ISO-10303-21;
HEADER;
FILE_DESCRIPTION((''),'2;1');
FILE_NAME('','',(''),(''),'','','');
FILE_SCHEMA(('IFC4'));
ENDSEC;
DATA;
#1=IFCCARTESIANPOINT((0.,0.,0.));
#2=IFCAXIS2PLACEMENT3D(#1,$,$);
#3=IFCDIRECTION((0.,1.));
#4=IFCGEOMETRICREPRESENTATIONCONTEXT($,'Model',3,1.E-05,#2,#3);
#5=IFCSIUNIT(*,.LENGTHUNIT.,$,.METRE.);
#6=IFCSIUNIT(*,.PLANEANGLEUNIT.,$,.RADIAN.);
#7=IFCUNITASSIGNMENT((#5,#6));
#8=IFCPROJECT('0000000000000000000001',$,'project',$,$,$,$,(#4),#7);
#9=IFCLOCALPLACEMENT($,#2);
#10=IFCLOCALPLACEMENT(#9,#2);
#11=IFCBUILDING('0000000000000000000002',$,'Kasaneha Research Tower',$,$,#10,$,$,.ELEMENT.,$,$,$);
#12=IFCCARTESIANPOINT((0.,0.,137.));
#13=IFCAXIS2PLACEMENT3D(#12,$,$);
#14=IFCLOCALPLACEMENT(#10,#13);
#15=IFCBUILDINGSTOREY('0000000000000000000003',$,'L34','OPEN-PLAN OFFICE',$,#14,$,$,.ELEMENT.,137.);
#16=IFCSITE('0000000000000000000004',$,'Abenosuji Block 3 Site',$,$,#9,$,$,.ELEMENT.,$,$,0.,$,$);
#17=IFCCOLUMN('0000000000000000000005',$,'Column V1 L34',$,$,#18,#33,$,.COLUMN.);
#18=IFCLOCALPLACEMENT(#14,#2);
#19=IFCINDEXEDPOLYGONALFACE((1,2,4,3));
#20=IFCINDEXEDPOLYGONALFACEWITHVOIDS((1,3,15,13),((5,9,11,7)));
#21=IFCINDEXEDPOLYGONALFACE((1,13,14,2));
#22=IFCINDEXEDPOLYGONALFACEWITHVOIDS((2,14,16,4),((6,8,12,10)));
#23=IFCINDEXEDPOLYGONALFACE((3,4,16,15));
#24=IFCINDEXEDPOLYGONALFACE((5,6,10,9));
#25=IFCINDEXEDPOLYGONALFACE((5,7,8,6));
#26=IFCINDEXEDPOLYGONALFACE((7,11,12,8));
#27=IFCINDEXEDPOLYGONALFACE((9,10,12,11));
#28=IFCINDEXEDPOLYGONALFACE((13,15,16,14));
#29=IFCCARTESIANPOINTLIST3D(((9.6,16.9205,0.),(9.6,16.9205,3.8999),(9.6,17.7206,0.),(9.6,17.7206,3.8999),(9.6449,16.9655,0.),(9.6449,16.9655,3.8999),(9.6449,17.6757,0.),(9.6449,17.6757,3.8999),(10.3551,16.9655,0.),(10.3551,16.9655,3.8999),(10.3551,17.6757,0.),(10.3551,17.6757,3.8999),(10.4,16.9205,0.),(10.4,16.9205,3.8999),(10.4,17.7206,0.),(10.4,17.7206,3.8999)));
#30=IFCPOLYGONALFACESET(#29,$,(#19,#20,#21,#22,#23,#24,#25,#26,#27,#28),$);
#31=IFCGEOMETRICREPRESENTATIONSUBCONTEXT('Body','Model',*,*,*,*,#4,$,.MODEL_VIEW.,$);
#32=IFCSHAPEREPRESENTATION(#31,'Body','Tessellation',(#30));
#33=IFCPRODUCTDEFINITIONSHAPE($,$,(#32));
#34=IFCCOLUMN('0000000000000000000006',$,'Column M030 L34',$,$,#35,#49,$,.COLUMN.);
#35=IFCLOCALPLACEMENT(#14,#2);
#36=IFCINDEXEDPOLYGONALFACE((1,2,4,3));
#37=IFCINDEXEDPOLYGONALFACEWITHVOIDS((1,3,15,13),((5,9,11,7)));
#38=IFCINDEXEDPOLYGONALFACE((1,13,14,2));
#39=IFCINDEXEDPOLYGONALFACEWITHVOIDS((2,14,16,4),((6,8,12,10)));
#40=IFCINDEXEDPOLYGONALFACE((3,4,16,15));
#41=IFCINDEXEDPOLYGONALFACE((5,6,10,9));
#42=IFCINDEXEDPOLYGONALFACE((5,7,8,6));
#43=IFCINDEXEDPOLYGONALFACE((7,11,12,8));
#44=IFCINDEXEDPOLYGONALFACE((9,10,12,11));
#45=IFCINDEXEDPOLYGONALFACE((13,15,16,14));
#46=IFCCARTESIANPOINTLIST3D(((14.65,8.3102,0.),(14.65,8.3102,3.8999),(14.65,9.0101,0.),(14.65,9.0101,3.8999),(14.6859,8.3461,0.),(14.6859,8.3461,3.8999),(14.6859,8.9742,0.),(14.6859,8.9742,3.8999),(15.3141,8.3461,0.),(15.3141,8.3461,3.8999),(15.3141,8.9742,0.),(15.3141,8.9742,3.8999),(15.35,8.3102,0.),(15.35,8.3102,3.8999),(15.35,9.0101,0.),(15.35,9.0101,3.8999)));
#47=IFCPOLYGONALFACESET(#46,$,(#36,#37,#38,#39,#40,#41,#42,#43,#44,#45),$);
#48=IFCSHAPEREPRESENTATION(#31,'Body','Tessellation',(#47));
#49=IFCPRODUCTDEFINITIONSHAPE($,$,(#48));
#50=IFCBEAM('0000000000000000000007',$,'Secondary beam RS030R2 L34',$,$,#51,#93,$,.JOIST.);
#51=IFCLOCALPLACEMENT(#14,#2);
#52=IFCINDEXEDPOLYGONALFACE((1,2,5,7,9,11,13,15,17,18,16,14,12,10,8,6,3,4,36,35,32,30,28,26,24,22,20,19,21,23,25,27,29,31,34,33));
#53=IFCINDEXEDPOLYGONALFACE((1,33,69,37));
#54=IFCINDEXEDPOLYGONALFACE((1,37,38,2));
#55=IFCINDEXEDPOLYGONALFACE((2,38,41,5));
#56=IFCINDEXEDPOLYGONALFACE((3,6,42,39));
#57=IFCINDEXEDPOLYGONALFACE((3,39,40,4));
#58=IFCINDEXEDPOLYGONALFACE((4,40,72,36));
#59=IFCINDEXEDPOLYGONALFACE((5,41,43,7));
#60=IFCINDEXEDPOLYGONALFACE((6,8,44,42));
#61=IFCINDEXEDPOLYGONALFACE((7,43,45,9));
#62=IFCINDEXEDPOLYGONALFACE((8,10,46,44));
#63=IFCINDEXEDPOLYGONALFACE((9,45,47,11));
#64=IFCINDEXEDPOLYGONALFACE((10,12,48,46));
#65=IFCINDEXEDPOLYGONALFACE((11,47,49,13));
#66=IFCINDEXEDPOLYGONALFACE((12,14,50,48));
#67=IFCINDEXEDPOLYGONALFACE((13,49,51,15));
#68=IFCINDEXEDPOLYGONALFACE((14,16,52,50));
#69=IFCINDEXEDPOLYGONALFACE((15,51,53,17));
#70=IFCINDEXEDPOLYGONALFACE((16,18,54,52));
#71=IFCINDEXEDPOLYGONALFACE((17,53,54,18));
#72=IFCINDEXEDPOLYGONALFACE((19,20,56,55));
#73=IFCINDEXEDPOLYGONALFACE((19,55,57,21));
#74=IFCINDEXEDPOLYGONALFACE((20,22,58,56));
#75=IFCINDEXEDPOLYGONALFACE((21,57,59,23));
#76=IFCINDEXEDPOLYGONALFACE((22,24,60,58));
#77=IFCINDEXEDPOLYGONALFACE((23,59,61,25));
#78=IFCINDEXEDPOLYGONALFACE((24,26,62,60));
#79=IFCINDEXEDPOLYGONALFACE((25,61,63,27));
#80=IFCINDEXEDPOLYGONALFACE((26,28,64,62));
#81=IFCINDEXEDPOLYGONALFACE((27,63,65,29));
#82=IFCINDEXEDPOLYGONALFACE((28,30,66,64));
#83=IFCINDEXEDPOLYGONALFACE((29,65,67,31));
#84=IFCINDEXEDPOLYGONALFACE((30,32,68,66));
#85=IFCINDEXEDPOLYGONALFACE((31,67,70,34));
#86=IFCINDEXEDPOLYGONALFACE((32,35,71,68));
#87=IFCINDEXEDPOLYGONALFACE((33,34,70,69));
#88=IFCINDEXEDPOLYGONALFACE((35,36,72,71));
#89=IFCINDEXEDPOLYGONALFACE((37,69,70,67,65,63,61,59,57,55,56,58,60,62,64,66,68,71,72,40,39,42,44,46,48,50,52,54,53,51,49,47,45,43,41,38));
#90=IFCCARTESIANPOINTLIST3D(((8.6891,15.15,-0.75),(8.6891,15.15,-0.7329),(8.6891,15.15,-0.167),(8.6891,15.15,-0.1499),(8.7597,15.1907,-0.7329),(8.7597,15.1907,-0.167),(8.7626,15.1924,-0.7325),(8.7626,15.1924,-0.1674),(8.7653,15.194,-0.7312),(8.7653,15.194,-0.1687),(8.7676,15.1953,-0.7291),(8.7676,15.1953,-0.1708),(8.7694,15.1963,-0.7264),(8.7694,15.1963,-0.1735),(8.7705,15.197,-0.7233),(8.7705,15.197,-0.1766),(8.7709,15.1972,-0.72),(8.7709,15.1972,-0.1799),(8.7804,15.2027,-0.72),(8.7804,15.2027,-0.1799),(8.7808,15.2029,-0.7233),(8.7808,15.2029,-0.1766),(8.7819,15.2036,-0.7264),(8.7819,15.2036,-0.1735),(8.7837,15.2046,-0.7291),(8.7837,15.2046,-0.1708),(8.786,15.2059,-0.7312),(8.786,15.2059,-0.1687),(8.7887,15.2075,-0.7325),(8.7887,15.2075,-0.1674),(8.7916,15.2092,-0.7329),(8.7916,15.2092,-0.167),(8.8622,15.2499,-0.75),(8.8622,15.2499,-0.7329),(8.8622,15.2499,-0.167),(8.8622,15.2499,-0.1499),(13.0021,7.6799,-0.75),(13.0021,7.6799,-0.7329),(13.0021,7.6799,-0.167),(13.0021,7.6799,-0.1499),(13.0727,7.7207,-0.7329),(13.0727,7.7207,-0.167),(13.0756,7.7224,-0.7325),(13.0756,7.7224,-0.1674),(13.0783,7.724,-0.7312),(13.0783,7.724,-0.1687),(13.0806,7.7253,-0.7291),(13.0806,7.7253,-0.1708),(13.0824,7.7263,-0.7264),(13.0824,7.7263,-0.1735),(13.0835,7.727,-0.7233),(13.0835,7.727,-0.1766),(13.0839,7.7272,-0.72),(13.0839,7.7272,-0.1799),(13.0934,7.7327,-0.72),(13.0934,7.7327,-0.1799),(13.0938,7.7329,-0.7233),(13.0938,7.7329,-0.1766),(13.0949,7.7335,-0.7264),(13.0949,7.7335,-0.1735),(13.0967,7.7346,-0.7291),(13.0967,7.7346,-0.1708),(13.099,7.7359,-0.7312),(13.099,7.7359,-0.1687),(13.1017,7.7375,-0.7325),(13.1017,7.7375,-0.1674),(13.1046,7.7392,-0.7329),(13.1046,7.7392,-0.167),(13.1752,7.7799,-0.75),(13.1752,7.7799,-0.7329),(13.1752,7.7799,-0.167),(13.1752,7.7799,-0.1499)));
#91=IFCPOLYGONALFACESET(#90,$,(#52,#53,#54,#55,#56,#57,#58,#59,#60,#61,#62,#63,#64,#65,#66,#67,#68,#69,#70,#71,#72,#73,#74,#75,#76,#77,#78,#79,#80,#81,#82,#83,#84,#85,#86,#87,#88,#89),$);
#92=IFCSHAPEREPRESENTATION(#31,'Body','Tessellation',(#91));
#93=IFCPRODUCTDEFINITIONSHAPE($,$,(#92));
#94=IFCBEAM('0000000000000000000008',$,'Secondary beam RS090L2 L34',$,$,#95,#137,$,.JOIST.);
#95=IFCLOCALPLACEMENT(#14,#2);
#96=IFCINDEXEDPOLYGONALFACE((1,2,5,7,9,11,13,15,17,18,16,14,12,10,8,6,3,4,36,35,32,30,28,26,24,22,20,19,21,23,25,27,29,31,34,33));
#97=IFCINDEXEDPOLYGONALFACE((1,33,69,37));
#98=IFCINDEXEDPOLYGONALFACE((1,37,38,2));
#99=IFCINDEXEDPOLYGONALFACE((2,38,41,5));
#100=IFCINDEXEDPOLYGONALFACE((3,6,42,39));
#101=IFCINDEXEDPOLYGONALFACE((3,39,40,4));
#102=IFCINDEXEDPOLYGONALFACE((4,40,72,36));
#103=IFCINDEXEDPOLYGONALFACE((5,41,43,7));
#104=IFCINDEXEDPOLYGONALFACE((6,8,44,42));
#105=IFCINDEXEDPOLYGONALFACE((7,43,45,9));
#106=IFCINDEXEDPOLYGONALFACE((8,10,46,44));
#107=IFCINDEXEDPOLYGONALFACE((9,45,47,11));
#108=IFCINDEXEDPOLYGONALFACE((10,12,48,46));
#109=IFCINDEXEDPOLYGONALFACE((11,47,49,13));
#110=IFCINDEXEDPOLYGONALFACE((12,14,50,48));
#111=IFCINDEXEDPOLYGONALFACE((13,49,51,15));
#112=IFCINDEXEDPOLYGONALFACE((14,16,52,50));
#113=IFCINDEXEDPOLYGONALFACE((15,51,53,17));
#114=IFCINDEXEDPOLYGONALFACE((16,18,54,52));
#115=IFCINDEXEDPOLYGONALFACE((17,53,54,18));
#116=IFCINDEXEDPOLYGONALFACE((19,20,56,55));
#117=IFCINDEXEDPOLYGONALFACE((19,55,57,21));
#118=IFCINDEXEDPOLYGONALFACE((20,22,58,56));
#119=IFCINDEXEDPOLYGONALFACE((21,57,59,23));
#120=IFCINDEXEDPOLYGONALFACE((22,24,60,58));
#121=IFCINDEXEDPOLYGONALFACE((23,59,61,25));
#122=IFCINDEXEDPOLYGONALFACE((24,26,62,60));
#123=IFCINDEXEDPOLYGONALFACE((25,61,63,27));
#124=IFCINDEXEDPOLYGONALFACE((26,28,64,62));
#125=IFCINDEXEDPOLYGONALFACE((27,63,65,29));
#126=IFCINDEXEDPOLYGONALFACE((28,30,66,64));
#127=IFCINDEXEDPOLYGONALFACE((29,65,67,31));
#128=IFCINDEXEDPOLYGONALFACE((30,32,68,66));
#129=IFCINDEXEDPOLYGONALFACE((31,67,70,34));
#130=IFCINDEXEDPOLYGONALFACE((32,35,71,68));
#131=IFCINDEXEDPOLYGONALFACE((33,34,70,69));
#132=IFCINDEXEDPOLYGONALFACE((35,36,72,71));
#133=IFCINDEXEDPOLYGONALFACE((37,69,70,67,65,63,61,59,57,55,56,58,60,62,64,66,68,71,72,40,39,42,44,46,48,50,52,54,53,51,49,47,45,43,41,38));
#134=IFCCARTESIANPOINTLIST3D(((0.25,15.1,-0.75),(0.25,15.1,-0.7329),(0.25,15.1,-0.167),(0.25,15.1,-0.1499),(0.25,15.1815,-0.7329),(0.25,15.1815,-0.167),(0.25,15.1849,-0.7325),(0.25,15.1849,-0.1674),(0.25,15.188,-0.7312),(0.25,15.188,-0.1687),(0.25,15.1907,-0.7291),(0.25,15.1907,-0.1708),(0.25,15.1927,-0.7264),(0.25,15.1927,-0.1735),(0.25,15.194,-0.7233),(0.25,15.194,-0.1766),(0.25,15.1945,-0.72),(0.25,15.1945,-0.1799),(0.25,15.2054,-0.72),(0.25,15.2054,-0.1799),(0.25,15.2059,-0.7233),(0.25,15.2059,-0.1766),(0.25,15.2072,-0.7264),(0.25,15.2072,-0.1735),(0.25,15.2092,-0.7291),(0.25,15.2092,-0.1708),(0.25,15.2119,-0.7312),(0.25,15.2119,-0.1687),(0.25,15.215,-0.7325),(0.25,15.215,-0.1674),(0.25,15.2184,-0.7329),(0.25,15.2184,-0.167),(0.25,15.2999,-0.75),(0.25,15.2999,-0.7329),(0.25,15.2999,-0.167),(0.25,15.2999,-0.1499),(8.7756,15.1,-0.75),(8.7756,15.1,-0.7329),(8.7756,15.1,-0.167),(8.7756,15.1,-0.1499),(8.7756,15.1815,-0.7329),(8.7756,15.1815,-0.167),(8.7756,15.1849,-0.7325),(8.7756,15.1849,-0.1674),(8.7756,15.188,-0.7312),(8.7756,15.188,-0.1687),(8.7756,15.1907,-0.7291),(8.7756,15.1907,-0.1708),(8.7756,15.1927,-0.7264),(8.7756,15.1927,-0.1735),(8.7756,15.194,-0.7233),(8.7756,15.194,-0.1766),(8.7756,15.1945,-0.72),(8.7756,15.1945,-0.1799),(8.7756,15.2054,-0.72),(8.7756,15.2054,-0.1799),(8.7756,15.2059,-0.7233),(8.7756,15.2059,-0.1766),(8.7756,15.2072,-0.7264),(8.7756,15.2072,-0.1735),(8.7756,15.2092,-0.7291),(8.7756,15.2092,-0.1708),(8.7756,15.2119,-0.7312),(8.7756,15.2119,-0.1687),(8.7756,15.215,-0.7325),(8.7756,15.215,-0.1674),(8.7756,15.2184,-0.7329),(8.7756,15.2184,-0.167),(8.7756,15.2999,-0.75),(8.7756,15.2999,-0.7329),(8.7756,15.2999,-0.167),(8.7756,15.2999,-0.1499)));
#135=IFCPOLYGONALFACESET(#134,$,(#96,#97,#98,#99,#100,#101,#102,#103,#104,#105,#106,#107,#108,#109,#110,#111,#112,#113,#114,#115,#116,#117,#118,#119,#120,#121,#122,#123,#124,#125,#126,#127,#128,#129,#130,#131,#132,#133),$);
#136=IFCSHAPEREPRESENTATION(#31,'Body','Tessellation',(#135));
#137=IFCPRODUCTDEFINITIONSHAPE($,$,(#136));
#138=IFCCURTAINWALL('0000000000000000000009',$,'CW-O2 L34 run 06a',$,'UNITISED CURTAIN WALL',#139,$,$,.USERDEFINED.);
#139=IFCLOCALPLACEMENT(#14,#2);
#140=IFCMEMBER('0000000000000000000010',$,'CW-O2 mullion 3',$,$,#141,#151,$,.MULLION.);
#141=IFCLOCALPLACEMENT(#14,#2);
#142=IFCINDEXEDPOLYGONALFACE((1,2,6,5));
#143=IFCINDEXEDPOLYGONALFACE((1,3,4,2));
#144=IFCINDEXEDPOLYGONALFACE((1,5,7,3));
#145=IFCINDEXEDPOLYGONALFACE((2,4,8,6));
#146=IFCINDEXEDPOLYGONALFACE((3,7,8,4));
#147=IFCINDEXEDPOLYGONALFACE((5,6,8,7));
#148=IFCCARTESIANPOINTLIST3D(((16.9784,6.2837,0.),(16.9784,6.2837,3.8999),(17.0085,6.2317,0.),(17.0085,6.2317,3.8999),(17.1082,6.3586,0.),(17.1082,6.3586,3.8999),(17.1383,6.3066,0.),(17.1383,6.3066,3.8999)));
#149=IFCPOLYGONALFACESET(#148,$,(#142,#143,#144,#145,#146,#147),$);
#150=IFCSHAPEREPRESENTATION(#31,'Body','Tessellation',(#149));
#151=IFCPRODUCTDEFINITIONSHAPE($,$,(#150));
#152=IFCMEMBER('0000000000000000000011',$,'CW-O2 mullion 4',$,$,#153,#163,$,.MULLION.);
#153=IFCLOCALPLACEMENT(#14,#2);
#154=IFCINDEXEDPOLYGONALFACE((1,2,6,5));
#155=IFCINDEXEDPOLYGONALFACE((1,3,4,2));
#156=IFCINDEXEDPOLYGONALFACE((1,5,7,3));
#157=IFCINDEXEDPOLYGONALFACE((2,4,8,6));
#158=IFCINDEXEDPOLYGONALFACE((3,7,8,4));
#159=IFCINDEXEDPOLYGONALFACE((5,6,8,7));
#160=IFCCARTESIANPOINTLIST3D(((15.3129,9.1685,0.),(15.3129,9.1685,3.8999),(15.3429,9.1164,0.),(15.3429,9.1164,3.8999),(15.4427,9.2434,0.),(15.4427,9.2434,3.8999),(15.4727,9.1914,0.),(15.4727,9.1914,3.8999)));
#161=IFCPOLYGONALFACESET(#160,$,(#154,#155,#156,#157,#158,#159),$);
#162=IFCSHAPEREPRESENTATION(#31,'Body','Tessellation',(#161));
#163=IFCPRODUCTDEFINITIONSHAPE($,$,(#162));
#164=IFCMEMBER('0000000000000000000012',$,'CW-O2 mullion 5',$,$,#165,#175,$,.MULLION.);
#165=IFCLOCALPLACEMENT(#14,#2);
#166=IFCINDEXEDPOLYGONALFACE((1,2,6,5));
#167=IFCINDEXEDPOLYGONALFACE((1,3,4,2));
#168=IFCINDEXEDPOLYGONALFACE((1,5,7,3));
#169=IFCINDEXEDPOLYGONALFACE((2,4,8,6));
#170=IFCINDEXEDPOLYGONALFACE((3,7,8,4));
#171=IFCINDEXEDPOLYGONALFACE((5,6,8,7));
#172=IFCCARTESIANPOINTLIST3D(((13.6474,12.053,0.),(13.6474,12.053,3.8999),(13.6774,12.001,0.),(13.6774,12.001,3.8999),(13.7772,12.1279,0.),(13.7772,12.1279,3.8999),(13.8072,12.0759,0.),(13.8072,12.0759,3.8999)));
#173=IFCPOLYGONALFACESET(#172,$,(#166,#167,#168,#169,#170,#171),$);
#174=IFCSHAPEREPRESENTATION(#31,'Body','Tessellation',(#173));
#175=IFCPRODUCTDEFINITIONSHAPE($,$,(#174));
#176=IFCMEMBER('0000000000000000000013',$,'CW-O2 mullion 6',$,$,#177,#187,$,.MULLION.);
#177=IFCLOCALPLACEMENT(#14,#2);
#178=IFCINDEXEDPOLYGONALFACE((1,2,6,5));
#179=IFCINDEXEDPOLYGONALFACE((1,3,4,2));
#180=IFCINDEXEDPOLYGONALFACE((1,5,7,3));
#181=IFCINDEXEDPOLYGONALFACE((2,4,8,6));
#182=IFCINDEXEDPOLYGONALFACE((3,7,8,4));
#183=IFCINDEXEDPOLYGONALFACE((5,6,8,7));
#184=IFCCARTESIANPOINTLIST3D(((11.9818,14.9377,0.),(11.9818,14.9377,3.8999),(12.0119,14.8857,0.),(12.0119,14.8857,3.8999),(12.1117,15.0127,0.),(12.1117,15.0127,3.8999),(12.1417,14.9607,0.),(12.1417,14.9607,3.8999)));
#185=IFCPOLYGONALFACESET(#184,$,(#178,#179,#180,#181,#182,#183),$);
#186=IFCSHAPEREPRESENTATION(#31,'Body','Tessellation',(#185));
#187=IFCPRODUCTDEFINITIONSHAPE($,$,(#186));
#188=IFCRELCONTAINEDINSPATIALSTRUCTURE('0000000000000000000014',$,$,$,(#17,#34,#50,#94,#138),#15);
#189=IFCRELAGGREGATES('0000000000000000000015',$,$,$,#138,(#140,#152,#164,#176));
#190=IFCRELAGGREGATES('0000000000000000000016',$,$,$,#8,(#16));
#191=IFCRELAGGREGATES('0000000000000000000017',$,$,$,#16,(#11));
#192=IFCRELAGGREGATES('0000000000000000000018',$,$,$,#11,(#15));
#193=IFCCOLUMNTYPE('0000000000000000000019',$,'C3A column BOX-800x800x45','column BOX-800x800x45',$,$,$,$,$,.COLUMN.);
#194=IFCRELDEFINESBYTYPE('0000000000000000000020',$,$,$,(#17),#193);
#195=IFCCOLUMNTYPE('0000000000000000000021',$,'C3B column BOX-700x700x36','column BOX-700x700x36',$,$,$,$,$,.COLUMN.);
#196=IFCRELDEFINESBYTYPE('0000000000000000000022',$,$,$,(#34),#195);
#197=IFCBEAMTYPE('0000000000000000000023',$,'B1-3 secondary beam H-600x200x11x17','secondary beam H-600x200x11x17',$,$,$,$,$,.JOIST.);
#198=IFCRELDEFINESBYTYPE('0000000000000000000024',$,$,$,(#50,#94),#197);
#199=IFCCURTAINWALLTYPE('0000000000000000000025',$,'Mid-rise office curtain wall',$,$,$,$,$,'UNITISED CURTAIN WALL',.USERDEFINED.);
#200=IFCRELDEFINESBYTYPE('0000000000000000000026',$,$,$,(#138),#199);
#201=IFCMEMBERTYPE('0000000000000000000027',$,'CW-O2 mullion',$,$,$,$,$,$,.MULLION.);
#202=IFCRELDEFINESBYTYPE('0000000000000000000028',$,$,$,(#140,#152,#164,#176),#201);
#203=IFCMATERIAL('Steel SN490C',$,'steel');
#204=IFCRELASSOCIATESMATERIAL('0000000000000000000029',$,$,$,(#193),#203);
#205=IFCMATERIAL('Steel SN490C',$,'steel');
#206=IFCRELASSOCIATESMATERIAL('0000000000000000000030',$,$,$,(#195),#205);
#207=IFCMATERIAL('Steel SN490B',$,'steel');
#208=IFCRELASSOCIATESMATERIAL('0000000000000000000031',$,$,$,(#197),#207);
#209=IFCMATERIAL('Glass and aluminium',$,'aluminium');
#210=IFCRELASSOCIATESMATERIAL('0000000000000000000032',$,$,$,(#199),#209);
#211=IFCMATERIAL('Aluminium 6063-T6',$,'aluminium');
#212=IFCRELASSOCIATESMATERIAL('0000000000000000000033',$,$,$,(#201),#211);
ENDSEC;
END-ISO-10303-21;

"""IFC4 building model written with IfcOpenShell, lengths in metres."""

from ifc_helpers import new_model, si_unit, direction, frame, origin, origin_2d, place, context, subcontext, project, spatial, rectangle, hollow_rectangle, i_section, extrude, material, material_profile, profile_set, type_object, element, aggregate, save


model = new_model("IFC4")

# Units and contexts
model_context = context("Model", 3, precision=1e-05, world=origin(), true_north=direction((0.0, 1.0)))
body_context = subcontext(model_context, "Body", "Model", "MODEL_VIEW")
ifc_project = project(units=[si_unit("LENGTHUNIT", "METRE"), si_unit("PLANEANGLEUNIT", "RADIAN")], contexts=[model_context])

# Site, building, storey
site_placement = place(None, origin())
site = spatial("IfcSite", under=ifc_project, at=site_placement, Name="Abenosuji Block 3 Site", CompositionType="ELEMENT", RefElevation=0.0)
building_placement = place(site_placement, origin())
building = spatial("IfcBuilding", under=site, at=building_placement, Name="Kasaneha Research Tower", CompositionType="ELEMENT")
storey_placement = place(building_placement, frame((0.0, 0.0, 137.0)))
storey = spatial("IfcBuildingStorey", under=building, at=storey_placement, Name="L34", Description="OPEN-PLAN OFFICE", CompositionType="ELEMENT", Elevation=137.0)

# Columns
ifc_material_1 = material(Name="Steel SN490C", Category="steel")
ifc_material_profile_1 = material_profile(ifc_material_1, hollow_rectangle(XDim=0.8, YDim=0.8, WallThickness=0.0449, at=origin_2d()), Name="BOX-800x800x45")
ifc_profile_set_1 = profile_set([ifc_material_profile_1], Name="Steel SN490C")
column_type_1 = type_object("IfcColumnType", Name="C3A column BOX-800x800x45", Description="column BOX-800x800x45", PredefinedType="COLUMN", material=ifc_profile_set_1)
column_1_placement = place(storey_placement, frame((10.0, 17.3206, 0.0), z_axis=(0.0, 0.0, 1.0), x_axis=(1.0, 0.0, 0.0)))
element("IfcColumn", 1, at=column_1_placement, inside=storey, type_object=column_type_1, Name="Column V1 L34", PredefinedType="COLUMN", context=body_context, shape_type="SweptSolid", body=[
    extrude(hollow_rectangle(XDim=0.8, YDim=0.8, WallThickness=0.0449, at=origin_2d()), origin(), (0.0, 0.0, 1.0), 3.8999),
])
ifc_material_2 = material(Name="Steel SN490C", Category="steel")
ifc_material_profile_2 = material_profile(ifc_material_2, hollow_rectangle(XDim=0.7, YDim=0.7, WallThickness=0.0359, at=origin_2d()), Name="BOX-700x700x36")
ifc_profile_set_2 = profile_set([ifc_material_profile_2], Name="Steel SN490C")
column_type_2 = type_object("IfcColumnType", Name="C3B column BOX-700x700x36", Description="column BOX-700x700x36", PredefinedType="COLUMN", material=ifc_profile_set_2)
column_2_placement = place(storey_placement, frame((15.0, 8.6602, 0.0), z_axis=(0.0, 0.0, 1.0), x_axis=(1.0, 0.0, 0.0)))
element("IfcColumn", 2, at=column_2_placement, inside=storey, type_object=column_type_2, Name="Column M030 L34", PredefinedType="COLUMN", context=body_context, shape_type="SweptSolid", body=[
    extrude(hollow_rectangle(XDim=0.7, YDim=0.7, WallThickness=0.0359, at=origin_2d()), origin(), (0.0, 0.0, 1.0), 3.8999),
])

# Beams
ifc_material_3 = material(Name="Steel SN490B", Category="steel")
ifc_material_profile_3 = material_profile(ifc_material_3, i_section(OverallWidth=0.2, OverallDepth=0.6001, WebThickness=0.011, FlangeThickness=0.0171, FilletRadius=0.0129, at=origin_2d()), Name="H-600x200x11x17")
ifc_profile_set_3 = profile_set([ifc_material_profile_3], Name="Steel SN490B")
beam_type_1 = type_object("IfcBeamType", Name="B1-3 secondary beam H-600x200x11x17", Description="secondary beam H-600x200x11x17", PredefinedType="JOIST", material=ifc_profile_set_3)
beam_1_placement = place(storey_placement, frame((8.7756, 15.2, -0.45), z_axis=(0.500017, -0.866015, 0.0), x_axis=(0.866015, 0.500017, 0.0)))
element("IfcBeam", 3, at=beam_1_placement, inside=storey, type_object=beam_type_1, Name="Secondary beam RS030R2 L34", PredefinedType="JOIST", context=body_context, shape_type="SweptSolid", body=[
    extrude(i_section(OverallWidth=0.2, OverallDepth=0.6001, WebThickness=0.011, FlangeThickness=0.0171, FilletRadius=0.0129, at=origin_2d()), origin(), (0.0, 0.0, 1.0), 8.6257),
])
beam_2_placement = place(storey_placement, frame((8.7756, 15.2, -0.45), z_axis=(-1.0, 0.0, 0.0), x_axis=(0.0, -1.0, 0.0)))
element("IfcBeam", 4, at=beam_2_placement, inside=storey, type_object=beam_type_1, Name="Secondary beam RS090L2 L34", PredefinedType="JOIST", context=body_context, shape_type="SweptSolid", body=[
    extrude(i_section(OverallWidth=0.2, OverallDepth=0.6001, WebThickness=0.011, FlangeThickness=0.0171, FilletRadius=0.0129, at=origin_2d()), origin(), (0.0, 0.0, 1.0), 8.5256),
])

# Curtain wall, members
ifc_material_4 = material(Name="Glass and aluminium", Category="aluminium")
curtain_wall_type = type_object("IfcCurtainWallType", Name="Mid-rise office curtain wall", ElementType="UNITISED CURTAIN WALL", PredefinedType="USERDEFINED", material=ifc_material_4)
curtain_wall_1_placement = place(storey_placement, origin())
curtain_wall_1 = element("IfcCurtainWall", 5, at=curtain_wall_1_placement, inside=storey, type_object=curtain_wall_type, Name="CW-O2 L34 run 06a", ObjectType="UNITISED CURTAIN WALL", PredefinedType="USERDEFINED")
ifc_material_5 = material(Name="Aluminium 6063-T6", Category="aluminium")
ifc_material_profile_4 = material_profile(ifc_material_5, rectangle(XDim=0.0601, YDim=0.1499, at=origin_2d()), Name="CW-O2 mullion 60x150")
ifc_profile_set_4 = profile_set([ifc_material_profile_4], Name="Aluminium 6063-T6")
member_type_1 = type_object("IfcMemberType", Name="CW-O2 mullion", PredefinedType="MULLION", material=ifc_profile_set_4)
member_1_placement = place(storey_placement, frame((17.0583, 6.2952, 0.0), z_axis=(0.0, 0.0, 1.0), x_axis=(-0.5, 0.866025, 0.0)))
member_1 = element("IfcMember", 6, at=member_1_placement, type_object=member_type_1, Name="CW-O2 mullion 3", PredefinedType="MULLION", context=body_context, shape_type="SweptSolid", body=[
    extrude(rectangle(XDim=0.0601, YDim=0.1499, at=origin_2d()), origin(), (0.0, 0.0, 1.0), 3.8999),
])
member_2_placement = place(storey_placement, frame((15.3928, 9.1799, 0.0), z_axis=(0.0, 0.0, 1.0), x_axis=(-0.5, 0.866025, 0.0)))
member_2 = element("IfcMember", 7, at=member_2_placement, type_object=member_type_1, Name="CW-O2 mullion 4", PredefinedType="MULLION", context=body_context, shape_type="SweptSolid", body=[
    extrude(rectangle(XDim=0.0601, YDim=0.1499, at=origin_2d()), origin(), (0.0, 0.0, 1.0), 3.8999),
])
member_3_placement = place(storey_placement, frame((13.7273, 12.0645, 0.0), z_axis=(0.0, 0.0, 1.0), x_axis=(-0.5, 0.866025, 0.0)))
member_3 = element("IfcMember", 8, at=member_3_placement, type_object=member_type_1, Name="CW-O2 mullion 5", PredefinedType="MULLION", context=body_context, shape_type="SweptSolid", body=[
    extrude(rectangle(XDim=0.0601, YDim=0.1499, at=origin_2d()), origin(), (0.0, 0.0, 1.0), 3.8999),
])
member_4_placement = place(storey_placement, frame((12.0618, 14.9492, 0.0), z_axis=(0.0, 0.0, 1.0), x_axis=(-0.5, 0.866025, 0.0)))
member_4 = element("IfcMember", 9, at=member_4_placement, type_object=member_type_1, Name="CW-O2 mullion 6", PredefinedType="MULLION", context=body_context, shape_type="SweptSolid", body=[
    extrude(rectangle(XDim=0.0601, YDim=0.1499, at=origin_2d()), origin(), (0.0, 0.0, 1.0), 3.8999),
])

aggregate(curtain_wall_1, [member_1, member_2, member_3, member_4])

save(model, "model.ifc")
